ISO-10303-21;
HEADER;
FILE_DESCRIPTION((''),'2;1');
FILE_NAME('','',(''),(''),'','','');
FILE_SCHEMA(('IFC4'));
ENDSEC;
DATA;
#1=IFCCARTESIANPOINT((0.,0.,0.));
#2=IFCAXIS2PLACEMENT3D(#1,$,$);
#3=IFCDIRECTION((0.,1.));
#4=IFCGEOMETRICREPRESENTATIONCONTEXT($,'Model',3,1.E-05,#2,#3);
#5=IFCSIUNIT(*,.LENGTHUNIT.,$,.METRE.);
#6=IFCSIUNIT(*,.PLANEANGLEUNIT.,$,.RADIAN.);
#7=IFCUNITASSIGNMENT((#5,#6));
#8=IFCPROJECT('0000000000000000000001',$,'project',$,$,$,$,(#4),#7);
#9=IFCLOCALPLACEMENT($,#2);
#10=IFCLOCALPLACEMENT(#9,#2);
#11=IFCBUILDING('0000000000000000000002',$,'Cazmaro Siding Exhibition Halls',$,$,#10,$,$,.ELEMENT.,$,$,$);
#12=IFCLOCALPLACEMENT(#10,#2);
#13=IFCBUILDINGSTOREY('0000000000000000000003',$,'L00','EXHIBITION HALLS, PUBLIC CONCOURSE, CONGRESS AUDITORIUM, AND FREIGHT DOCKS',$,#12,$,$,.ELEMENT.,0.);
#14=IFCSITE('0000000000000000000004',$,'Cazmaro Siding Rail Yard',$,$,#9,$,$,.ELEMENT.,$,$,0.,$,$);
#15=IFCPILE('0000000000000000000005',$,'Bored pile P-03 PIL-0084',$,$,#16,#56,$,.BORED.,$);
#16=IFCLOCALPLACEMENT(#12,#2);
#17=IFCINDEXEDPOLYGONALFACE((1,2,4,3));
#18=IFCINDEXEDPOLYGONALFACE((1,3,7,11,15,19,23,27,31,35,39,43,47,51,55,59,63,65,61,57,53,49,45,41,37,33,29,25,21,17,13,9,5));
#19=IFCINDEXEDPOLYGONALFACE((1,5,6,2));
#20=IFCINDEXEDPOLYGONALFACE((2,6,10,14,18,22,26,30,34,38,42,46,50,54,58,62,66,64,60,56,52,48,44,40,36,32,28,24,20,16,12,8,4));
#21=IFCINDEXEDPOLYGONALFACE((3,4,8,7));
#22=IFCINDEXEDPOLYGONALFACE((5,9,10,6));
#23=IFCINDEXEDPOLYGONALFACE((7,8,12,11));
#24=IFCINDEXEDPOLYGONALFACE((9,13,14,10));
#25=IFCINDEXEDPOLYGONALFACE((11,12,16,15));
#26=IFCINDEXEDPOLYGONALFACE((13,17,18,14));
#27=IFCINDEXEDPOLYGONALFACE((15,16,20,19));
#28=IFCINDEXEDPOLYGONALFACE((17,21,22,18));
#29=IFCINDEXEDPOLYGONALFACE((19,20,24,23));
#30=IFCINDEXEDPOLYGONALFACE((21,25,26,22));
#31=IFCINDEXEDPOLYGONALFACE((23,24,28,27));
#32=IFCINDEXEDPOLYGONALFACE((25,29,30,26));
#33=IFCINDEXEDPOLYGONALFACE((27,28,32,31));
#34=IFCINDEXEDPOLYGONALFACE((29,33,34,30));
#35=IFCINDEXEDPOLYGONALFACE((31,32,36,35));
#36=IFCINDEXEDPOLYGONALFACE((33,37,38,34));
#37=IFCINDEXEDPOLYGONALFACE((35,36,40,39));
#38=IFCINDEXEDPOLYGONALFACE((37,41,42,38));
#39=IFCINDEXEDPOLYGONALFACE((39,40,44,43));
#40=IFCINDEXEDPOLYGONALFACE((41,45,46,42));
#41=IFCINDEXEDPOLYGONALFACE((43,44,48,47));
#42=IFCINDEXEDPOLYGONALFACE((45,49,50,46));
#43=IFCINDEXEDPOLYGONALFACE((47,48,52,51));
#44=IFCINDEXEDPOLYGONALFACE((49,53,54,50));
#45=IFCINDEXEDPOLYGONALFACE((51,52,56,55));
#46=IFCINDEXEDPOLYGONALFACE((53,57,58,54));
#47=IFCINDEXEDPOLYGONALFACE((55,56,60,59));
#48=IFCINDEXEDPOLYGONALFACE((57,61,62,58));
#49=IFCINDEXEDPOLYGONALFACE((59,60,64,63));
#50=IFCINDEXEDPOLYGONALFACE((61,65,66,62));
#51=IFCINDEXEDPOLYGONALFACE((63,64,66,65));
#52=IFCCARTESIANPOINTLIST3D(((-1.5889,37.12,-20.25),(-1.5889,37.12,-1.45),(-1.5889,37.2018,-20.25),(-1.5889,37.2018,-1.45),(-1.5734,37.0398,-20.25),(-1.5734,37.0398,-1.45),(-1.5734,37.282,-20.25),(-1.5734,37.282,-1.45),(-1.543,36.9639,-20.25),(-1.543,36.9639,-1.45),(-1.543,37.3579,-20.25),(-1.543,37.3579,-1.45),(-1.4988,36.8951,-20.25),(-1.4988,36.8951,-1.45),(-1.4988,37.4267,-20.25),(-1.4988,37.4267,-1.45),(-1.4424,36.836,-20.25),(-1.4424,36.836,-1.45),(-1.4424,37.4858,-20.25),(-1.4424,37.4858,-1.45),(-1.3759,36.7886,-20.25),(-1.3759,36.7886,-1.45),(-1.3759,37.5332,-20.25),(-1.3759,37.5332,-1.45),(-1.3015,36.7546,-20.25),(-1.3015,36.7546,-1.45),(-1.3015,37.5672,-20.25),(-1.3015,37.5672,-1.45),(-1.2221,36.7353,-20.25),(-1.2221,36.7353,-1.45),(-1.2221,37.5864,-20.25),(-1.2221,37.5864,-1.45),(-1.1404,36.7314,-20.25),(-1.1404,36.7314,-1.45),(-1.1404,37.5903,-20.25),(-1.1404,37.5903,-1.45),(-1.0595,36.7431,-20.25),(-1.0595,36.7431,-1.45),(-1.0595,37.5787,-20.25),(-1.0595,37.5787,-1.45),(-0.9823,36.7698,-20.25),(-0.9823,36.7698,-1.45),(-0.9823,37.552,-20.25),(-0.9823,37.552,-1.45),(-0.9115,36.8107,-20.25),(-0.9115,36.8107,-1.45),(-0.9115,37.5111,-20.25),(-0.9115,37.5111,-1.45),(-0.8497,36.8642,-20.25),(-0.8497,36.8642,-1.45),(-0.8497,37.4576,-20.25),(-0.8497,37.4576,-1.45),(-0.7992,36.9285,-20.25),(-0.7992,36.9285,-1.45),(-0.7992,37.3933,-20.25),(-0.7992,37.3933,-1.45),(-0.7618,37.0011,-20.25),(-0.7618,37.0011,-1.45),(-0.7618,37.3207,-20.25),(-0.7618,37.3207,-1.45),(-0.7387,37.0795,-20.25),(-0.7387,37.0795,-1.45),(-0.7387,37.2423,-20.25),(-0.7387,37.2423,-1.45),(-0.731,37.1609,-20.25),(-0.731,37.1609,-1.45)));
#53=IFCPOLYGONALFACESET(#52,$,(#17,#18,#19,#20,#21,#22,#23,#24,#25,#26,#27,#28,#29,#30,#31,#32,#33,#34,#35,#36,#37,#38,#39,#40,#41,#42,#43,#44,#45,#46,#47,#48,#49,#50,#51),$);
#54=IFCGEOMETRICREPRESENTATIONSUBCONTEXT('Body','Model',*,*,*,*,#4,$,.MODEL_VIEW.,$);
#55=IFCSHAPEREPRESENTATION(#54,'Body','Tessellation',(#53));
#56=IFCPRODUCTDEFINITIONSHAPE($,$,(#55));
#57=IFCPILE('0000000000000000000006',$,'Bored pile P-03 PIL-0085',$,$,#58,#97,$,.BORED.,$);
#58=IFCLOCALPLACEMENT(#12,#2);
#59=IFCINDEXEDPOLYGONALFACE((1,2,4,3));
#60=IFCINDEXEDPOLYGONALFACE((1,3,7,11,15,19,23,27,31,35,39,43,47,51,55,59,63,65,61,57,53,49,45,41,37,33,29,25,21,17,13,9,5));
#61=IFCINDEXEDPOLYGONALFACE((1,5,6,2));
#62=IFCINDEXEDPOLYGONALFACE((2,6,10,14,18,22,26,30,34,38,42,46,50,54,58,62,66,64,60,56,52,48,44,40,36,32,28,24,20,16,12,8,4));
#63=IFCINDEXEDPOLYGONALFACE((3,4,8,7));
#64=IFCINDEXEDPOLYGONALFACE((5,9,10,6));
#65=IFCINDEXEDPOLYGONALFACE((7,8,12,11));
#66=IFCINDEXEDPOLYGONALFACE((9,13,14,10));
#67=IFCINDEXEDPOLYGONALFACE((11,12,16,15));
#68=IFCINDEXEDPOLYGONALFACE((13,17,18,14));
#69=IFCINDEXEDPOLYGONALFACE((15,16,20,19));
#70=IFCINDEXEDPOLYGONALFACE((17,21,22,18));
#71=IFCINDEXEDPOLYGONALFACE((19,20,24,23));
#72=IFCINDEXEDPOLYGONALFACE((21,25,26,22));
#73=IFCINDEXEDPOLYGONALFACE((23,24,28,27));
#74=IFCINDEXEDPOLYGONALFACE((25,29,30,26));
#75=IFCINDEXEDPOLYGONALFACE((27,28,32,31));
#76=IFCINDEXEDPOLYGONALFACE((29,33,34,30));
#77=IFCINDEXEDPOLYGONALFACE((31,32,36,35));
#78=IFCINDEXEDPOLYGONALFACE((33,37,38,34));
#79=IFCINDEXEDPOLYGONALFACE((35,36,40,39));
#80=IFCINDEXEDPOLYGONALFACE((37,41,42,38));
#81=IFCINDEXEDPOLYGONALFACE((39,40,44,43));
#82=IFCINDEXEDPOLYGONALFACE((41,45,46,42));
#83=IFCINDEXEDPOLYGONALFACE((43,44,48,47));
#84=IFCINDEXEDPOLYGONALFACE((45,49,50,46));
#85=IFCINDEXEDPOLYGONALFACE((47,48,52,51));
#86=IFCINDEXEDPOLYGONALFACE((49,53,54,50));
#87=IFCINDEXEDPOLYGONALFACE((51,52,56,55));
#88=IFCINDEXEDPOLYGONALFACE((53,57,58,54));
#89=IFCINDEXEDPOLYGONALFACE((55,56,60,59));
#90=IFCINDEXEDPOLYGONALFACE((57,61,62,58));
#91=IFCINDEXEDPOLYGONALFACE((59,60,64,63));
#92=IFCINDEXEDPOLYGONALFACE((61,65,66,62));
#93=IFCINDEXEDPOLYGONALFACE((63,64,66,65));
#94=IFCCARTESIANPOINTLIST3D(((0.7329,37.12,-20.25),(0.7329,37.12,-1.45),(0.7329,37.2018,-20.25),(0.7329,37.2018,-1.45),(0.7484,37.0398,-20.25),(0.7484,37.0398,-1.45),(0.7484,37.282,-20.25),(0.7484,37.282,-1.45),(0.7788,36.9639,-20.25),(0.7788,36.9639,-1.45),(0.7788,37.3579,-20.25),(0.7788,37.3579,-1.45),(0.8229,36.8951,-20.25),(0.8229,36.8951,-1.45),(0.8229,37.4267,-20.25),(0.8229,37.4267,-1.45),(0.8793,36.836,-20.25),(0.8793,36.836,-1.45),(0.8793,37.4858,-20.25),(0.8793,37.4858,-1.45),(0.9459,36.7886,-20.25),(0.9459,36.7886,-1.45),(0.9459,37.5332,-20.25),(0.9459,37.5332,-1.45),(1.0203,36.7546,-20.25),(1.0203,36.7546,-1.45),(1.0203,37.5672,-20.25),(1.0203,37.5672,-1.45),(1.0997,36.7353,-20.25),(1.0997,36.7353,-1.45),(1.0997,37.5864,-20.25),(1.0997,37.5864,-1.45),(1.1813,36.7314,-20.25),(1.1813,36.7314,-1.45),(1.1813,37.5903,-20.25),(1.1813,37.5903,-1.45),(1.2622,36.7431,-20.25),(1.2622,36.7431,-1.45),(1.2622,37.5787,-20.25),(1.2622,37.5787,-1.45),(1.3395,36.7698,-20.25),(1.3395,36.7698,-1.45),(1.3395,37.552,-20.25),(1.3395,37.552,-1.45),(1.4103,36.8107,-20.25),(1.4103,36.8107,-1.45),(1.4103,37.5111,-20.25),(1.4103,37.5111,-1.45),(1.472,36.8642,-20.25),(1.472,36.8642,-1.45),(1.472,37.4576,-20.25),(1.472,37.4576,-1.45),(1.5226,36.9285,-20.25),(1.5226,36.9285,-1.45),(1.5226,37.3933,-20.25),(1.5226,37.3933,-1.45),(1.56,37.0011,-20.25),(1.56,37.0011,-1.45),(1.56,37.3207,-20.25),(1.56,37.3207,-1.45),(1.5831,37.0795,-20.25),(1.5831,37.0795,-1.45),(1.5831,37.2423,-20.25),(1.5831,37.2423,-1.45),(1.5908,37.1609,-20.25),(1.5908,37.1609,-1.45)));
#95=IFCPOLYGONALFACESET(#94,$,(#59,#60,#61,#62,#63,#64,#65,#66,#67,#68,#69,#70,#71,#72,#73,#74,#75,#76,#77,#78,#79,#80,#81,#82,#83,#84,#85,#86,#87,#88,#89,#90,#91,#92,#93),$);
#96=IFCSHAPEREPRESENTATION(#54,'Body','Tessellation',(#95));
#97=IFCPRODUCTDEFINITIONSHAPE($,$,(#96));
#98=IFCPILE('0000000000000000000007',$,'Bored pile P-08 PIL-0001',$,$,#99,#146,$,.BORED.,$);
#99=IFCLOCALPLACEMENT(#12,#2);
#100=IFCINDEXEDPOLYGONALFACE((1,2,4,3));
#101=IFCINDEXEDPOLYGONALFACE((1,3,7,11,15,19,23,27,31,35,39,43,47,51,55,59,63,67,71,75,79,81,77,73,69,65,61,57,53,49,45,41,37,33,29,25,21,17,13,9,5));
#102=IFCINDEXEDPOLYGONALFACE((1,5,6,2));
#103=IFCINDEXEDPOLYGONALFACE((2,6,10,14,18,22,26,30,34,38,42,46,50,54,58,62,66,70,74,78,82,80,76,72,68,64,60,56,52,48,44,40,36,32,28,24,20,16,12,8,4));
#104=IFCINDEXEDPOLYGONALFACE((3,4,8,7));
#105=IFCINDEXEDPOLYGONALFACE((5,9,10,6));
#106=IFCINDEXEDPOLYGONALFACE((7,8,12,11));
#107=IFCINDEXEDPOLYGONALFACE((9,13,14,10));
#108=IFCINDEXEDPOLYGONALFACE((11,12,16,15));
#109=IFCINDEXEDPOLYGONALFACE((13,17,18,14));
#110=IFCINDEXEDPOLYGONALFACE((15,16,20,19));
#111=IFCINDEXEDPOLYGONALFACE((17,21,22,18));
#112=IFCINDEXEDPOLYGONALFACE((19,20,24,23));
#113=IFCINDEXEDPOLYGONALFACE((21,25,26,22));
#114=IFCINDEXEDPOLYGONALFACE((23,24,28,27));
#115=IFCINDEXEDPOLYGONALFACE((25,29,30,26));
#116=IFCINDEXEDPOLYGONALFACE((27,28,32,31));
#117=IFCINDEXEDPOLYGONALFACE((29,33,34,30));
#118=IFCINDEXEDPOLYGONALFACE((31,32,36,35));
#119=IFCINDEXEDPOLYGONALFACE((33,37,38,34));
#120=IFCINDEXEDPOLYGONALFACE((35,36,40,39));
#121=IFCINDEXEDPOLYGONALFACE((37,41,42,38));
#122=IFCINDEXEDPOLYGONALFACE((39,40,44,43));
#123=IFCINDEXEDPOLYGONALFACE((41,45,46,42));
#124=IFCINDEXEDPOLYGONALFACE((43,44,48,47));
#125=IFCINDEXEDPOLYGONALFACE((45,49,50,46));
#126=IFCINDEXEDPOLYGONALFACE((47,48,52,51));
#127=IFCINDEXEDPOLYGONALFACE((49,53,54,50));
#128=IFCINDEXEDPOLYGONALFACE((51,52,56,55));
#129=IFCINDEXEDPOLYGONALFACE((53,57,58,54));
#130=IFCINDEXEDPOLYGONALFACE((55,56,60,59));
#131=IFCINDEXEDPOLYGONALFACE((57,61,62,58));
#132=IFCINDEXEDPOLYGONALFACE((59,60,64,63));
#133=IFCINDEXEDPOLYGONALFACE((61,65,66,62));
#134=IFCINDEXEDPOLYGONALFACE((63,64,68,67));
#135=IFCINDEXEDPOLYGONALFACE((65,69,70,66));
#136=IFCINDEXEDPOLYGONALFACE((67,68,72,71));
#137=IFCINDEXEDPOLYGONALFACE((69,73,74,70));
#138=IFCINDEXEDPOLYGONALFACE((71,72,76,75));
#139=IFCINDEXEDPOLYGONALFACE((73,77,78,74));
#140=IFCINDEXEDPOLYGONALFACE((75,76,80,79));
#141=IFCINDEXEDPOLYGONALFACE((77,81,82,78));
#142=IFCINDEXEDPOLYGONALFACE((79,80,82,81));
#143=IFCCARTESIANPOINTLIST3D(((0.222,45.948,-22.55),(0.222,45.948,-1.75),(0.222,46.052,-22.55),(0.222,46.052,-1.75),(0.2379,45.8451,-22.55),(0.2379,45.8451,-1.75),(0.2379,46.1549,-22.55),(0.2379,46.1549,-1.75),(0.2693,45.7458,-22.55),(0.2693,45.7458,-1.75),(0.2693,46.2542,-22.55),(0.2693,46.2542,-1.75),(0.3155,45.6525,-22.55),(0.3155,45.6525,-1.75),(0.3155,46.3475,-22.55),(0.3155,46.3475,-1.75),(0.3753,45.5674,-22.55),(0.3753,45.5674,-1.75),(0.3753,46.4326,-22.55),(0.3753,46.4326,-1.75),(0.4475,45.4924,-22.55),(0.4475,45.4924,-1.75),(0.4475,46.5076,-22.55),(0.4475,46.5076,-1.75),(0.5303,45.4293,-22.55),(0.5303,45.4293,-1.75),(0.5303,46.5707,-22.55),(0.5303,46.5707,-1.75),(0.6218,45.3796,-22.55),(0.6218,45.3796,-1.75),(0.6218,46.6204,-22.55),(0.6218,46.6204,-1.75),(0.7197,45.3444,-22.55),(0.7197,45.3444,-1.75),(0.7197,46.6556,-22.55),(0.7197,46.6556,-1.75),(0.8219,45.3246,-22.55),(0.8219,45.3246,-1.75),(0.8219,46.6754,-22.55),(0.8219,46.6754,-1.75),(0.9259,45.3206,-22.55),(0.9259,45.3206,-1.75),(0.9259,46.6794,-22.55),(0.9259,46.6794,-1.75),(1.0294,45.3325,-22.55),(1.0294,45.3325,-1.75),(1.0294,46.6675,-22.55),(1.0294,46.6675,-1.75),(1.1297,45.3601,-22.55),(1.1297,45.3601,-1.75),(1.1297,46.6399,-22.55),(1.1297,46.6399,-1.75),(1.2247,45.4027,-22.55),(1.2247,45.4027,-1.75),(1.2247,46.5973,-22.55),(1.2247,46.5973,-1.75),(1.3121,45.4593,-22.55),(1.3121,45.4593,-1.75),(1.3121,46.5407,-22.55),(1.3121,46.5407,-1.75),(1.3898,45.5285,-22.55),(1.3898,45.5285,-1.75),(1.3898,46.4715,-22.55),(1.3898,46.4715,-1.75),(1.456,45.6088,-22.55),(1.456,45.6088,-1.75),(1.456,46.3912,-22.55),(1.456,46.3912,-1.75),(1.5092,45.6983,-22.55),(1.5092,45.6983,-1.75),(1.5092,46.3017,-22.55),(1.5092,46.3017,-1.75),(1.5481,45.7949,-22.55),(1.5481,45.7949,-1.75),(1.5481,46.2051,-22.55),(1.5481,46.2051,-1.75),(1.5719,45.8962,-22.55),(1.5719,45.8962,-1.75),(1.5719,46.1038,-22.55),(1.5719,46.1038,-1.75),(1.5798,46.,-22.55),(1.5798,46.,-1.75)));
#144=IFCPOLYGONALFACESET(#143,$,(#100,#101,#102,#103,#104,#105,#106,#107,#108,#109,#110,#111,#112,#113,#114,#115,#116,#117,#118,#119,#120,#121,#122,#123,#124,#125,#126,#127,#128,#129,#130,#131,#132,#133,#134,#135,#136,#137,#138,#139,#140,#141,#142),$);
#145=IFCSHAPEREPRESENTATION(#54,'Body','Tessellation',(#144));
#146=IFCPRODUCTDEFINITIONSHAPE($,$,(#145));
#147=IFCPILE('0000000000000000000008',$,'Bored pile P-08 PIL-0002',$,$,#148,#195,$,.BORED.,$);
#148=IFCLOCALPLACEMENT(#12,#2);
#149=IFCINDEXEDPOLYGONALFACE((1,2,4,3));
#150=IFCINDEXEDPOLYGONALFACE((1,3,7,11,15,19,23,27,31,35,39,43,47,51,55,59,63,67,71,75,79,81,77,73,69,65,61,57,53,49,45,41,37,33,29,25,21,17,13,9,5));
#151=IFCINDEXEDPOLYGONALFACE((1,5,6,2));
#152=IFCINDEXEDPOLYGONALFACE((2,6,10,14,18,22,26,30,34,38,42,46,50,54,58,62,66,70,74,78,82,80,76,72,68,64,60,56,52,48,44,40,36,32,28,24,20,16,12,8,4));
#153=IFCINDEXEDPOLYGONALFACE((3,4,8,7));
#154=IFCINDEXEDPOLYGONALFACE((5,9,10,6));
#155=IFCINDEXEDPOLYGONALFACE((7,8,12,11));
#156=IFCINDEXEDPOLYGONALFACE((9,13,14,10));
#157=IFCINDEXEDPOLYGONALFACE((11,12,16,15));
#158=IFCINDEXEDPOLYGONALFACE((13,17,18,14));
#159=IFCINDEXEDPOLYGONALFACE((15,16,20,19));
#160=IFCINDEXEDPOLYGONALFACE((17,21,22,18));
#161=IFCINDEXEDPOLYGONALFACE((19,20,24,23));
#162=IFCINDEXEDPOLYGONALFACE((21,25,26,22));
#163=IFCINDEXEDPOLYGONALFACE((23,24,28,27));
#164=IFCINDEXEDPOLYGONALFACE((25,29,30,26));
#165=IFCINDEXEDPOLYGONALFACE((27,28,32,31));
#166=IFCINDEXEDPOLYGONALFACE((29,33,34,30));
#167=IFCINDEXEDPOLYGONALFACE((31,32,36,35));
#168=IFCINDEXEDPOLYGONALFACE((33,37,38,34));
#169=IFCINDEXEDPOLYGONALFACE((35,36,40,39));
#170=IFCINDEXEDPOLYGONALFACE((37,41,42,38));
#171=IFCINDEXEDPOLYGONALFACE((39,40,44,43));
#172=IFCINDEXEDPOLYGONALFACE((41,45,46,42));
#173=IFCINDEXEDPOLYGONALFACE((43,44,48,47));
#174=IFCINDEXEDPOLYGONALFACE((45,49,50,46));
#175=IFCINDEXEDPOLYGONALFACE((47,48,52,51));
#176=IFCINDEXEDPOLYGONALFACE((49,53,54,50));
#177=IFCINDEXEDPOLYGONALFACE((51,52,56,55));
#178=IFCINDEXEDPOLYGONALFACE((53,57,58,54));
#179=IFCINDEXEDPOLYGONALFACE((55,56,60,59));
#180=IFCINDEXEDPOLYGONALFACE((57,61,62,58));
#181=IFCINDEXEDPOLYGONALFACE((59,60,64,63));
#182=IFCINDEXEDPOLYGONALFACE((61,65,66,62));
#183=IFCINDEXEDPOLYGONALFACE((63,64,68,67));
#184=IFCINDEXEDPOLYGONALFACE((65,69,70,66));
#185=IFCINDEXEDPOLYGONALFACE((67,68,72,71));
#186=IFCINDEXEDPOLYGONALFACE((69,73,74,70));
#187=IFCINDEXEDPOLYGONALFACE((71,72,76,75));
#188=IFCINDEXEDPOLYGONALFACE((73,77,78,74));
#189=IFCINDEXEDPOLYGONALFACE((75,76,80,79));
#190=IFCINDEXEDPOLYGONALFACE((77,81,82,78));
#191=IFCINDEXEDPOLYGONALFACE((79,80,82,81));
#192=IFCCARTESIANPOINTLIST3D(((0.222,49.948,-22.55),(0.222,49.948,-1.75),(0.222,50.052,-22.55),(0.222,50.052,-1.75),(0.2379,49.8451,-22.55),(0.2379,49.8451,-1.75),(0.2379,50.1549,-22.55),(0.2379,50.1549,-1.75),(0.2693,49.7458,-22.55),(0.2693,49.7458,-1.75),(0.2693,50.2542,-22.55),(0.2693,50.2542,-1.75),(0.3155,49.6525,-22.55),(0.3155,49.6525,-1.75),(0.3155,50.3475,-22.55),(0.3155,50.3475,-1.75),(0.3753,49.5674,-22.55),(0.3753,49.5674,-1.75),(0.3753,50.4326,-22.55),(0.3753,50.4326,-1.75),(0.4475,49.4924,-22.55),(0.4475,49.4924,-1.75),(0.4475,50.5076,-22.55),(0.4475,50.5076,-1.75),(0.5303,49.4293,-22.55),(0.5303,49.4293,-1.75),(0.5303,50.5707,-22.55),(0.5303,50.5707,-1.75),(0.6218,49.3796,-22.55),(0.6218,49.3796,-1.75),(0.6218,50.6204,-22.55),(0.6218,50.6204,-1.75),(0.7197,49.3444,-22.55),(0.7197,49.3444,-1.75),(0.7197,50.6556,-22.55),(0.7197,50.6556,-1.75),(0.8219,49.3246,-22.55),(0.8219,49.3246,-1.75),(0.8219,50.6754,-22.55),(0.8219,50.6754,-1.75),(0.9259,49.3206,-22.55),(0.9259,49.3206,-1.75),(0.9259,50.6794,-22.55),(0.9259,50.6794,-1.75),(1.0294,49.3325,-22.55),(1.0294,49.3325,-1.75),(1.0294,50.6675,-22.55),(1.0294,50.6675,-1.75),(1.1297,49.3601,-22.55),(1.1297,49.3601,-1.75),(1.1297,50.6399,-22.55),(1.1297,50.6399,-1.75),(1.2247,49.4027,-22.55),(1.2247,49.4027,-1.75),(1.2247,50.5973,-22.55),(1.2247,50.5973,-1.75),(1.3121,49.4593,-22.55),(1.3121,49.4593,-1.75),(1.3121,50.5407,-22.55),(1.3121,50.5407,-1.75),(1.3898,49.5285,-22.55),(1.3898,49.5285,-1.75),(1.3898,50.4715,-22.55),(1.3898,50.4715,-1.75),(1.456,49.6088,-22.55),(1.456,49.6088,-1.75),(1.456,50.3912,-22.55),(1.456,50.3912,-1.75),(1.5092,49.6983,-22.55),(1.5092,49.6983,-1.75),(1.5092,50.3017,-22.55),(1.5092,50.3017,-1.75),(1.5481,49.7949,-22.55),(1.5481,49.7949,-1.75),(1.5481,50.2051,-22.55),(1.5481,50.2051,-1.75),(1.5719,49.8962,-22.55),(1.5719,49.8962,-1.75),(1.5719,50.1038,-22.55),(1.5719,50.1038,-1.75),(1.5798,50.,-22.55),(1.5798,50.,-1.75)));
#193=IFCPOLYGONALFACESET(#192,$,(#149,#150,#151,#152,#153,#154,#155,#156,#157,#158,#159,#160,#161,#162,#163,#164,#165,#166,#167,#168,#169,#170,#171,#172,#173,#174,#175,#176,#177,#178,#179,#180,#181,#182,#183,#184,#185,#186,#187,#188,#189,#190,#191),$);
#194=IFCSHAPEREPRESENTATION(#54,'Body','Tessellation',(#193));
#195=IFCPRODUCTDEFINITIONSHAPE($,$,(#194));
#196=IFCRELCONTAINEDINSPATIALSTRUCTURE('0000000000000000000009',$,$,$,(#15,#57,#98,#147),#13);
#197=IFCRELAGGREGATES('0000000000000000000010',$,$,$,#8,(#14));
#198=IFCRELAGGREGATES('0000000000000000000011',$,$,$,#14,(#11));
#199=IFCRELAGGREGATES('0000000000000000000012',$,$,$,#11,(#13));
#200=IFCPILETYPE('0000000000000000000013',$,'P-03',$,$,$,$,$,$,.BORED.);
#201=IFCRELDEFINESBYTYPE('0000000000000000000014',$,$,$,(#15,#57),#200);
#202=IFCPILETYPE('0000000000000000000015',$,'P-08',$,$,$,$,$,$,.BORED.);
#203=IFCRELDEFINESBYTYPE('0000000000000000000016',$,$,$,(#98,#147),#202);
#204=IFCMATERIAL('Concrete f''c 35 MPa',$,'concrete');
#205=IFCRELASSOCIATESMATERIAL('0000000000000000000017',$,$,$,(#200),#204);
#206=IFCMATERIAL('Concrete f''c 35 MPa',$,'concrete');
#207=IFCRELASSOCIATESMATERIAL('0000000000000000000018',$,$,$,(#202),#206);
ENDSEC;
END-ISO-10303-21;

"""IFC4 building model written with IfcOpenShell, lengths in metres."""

from ifc_helpers import new_model, si_unit, direction, frame, origin, origin_2d, place, context, subcontext, project, spatial, circle, extrude, material, material_profile, profile_set, type_object, element, save


model = new_model("IFC4")

# Units and contexts
model_context = context("Model", 3, precision=1e-05, world=origin(), true_north=direction((0.0, 1.0)))
body_context = subcontext(model_context, "Body", "Model", "MODEL_VIEW")
ifc_project = project(units=[si_unit("LENGTHUNIT", "METRE"), si_unit("PLANEANGLEUNIT", "RADIAN")], contexts=[model_context])

# Site, building, storey
site_placement = place(None, origin())
site = spatial("IfcSite", under=ifc_project, at=site_placement, Name="Cazmaro Siding Rail Yard", CompositionType="ELEMENT", RefElevation=0.0)
building_placement = place(site_placement, origin())
building = spatial("IfcBuilding", under=site, at=building_placement, Name="Cazmaro Siding Exhibition Halls", CompositionType="ELEMENT")
storey_placement = place(building_placement, origin())
storey = spatial("IfcBuildingStorey", under=building, at=storey_placement, Name="L00", Description="EXHIBITION HALLS, PUBLIC CONCOURSE, CONGRESS AUDITORIUM, AND FREIGHT DOCKS", CompositionType="ELEMENT", Elevation=0.0)

# Piles
ifc_material_1 = material(Name="Concrete f'c 35 MPa", Category="concrete")
ifc_material_profile_1 = material_profile(ifc_material_1, circle(Radius=0.4299, at=origin_2d()), Name="CIDH-860")
ifc_profile_set_1 = profile_set([ifc_material_profile_1], Name="Concrete f'c 35 MPa")
pile_type_1 = type_object("IfcPileType", Name="P-03", PredefinedType="BORED", material=ifc_profile_set_1)
for number, where, z_axis, x_axis, name in (
    (1, (-1.1609, 37.1609, -1.45), (0.0, 0.0, -1.0), (1.0, 0.0, 0.0), "Bored pile P-03 PIL-0084"),
    (2, (1.1609, 37.1609, -1.45), (0.0, 0.0, -1.0), (1.0, 0.0, 0.0), "Bored pile P-03 PIL-0085"),
):
    element("IfcPile", number, at=place(storey_placement, frame(where, z_axis=z_axis, x_axis=x_axis)), inside=storey, type_object=pile_type_1, Name=name, PredefinedType="BORED", context=body_context, shape_type="SweptSolid", body=[
        extrude(circle(Radius=0.4299, at=origin_2d()), origin(), (0.0, 0.0, 1.0), 18.8),
    ])
ifc_material_2 = material(Name="Concrete f'c 35 MPa", Category="concrete")
ifc_material_profile_2 = material_profile(ifc_material_2, circle(Radius=0.6799, at=origin_2d()), Name="CIDH-1360")
ifc_profile_set_2 = profile_set([ifc_material_profile_2], Name="Concrete f'c 35 MPa")
pile_type_2 = type_object("IfcPileType", Name="P-08", PredefinedType="BORED", material=ifc_profile_set_2)
for number, where, z_axis, x_axis, name in (
    (3, (0.8999, 46.0, -1.75), (0.0, 0.0, -1.0), (1.0, 0.0, 0.0), "Bored pile P-08 PIL-0001"),
    (4, (0.8999, 50.0, -1.75), (0.0, 0.0, -1.0), (1.0, 0.0, 0.0), "Bored pile P-08 PIL-0002"),
):
    element("IfcPile", number, at=place(storey_placement, frame(where, z_axis=z_axis, x_axis=x_axis)), inside=storey, type_object=pile_type_2, Name=name, PredefinedType="BORED", context=body_context, shape_type="SweptSolid", body=[
        extrude(circle(Radius=0.6799, at=origin_2d()), origin(), (0.0, 0.0, 1.0), 20.8),
    ])

save(model, "model.ifc")
